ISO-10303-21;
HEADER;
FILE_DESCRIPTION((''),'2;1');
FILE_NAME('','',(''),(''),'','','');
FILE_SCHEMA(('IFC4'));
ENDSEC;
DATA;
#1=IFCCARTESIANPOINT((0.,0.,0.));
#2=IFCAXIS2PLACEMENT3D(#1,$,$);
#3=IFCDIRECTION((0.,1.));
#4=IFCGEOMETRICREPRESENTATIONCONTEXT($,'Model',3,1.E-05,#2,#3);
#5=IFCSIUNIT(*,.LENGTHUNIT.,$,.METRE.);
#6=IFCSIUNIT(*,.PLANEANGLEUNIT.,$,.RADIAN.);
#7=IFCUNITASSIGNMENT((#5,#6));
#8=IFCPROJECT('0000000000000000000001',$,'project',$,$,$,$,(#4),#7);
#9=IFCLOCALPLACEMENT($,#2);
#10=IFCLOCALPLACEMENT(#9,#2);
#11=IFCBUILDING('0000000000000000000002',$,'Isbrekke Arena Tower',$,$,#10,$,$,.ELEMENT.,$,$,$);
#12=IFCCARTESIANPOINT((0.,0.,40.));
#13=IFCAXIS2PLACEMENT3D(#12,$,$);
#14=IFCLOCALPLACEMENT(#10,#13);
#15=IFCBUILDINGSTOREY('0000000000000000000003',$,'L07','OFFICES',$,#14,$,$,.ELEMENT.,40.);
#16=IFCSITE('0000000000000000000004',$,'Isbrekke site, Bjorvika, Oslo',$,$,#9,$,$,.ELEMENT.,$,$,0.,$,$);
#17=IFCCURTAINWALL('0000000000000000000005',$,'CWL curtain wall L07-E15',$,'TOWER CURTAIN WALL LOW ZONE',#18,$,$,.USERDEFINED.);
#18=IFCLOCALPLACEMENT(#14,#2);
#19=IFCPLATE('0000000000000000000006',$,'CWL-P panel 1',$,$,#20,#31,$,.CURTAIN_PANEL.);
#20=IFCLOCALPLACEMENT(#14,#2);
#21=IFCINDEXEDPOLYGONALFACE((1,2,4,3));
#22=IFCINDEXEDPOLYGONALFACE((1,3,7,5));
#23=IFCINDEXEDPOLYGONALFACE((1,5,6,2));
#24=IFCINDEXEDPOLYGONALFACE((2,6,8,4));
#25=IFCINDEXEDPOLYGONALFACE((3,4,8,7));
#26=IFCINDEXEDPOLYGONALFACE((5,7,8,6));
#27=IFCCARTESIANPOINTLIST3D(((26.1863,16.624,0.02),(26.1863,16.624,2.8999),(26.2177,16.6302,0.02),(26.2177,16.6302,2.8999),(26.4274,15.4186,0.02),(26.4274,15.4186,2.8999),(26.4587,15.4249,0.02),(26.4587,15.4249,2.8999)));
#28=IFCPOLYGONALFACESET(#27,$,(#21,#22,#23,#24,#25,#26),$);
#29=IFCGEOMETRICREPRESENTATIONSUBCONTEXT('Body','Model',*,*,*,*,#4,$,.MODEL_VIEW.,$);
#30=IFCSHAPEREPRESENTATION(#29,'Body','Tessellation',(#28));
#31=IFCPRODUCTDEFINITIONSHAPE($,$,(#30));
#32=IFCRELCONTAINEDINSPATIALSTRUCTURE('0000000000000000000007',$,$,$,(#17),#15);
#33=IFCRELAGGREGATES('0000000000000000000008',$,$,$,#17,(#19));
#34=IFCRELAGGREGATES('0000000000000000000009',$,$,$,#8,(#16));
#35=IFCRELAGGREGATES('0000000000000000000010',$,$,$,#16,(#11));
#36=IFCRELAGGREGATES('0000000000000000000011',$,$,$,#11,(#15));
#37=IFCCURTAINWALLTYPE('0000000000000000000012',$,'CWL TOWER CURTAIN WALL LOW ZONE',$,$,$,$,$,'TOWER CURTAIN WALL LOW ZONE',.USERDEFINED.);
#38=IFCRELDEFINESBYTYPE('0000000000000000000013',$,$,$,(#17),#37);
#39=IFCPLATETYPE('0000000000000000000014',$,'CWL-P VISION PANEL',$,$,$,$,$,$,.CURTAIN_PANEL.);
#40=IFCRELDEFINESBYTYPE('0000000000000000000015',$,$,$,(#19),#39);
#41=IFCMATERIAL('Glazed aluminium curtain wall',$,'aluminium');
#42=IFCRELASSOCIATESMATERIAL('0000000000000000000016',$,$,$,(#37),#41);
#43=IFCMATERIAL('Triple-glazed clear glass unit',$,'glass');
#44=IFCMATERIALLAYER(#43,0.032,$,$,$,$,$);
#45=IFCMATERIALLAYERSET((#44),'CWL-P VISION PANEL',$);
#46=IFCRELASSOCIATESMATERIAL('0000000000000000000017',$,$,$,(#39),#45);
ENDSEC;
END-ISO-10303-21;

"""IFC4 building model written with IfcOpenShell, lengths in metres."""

from ifc_helpers import new_model, si_unit, direction, frame, origin, origin_2d, place, context, subcontext, project, spatial, rectangle, extrude, material, layer, layer_set, type_object, element, aggregate, save


model = new_model("IFC4")

# Units and contexts
model_context = context("Model", 3, precision=1e-05, world=origin(), true_north=direction((0.0, 1.0)))
body_context = subcontext(model_context, "Body", "Model", "MODEL_VIEW")
ifc_project = project(units=[si_unit("LENGTHUNIT", "METRE"), si_unit("PLANEANGLEUNIT", "RADIAN")], contexts=[model_context])

# Site, building, storey
site_placement = place(None, origin())
site = spatial("IfcSite", under=ifc_project, at=site_placement, Name="Isbrekke site, Bjorvika, Oslo", CompositionType="ELEMENT", RefElevation=0.0)
building_placement = place(site_placement, origin())
building = spatial("IfcBuilding", under=site, at=building_placement, Name="Isbrekke Arena Tower", CompositionType="ELEMENT")
storey_placement = place(building_placement, frame((0.0, 0.0, 40.0)))
storey = spatial("IfcBuildingStorey", under=building, at=storey_placement, Name="L07", Description="OFFICES", CompositionType="ELEMENT", Elevation=40.0)

# Shared definitions
ifc_material_1 = material(Name="Glazed aluminium curtain wall", Category="aluminium")
curtain_wall_type = type_object("IfcCurtainWallType", Name="CWL TOWER CURTAIN WALL LOW ZONE", ElementType="TOWER CURTAIN WALL LOW ZONE", PredefinedType="USERDEFINED", material=ifc_material_1)

# Curtain wall
curtain_wall_1_placement = place(storey_placement, origin())
curtain_wall_1 = element("IfcCurtainWall", 1, at=curtain_wall_1_placement, inside=storey, type_object=curtain_wall_type, Name="CWL curtain wall L07-E15", ObjectType="TOWER CURTAIN WALL LOW ZONE", PredefinedType="USERDEFINED")

# Plate
ifc_material_2 = material(Name="Triple-glazed clear glass unit", Category="glass")
ifc_layer = layer(ifc_material_2, 0.032)
ifc_layer_set = layer_set([ifc_layer], Name="CWL-P VISION PANEL")
plate_type = type_object("IfcPlateType", Name="CWL-P VISION PANEL", PredefinedType="CURTAIN_PANEL", material=ifc_layer_set)
plate_1_placement = place(storey_placement, frame((26.3225, 16.0244, 0.02), z_axis=(0.0, 0.0, 1.0), x_axis=(-0.196116, 0.980581, 0.0)))
plate_1 = element("IfcPlate", 2, at=plate_1_placement, type_object=plate_type, Name="CWL-P panel 1", PredefinedType="CURTAIN_PANEL", context=body_context, shape_type="SweptSolid", body=[
    extrude(rectangle(XDim=1.2292, YDim=0.032, at=origin_2d()), origin(), (0.0, 0.0, 1.0), 2.8799),
])
aggregate(curtain_wall_1, [plate_1])

save(model, "model.ifc")
